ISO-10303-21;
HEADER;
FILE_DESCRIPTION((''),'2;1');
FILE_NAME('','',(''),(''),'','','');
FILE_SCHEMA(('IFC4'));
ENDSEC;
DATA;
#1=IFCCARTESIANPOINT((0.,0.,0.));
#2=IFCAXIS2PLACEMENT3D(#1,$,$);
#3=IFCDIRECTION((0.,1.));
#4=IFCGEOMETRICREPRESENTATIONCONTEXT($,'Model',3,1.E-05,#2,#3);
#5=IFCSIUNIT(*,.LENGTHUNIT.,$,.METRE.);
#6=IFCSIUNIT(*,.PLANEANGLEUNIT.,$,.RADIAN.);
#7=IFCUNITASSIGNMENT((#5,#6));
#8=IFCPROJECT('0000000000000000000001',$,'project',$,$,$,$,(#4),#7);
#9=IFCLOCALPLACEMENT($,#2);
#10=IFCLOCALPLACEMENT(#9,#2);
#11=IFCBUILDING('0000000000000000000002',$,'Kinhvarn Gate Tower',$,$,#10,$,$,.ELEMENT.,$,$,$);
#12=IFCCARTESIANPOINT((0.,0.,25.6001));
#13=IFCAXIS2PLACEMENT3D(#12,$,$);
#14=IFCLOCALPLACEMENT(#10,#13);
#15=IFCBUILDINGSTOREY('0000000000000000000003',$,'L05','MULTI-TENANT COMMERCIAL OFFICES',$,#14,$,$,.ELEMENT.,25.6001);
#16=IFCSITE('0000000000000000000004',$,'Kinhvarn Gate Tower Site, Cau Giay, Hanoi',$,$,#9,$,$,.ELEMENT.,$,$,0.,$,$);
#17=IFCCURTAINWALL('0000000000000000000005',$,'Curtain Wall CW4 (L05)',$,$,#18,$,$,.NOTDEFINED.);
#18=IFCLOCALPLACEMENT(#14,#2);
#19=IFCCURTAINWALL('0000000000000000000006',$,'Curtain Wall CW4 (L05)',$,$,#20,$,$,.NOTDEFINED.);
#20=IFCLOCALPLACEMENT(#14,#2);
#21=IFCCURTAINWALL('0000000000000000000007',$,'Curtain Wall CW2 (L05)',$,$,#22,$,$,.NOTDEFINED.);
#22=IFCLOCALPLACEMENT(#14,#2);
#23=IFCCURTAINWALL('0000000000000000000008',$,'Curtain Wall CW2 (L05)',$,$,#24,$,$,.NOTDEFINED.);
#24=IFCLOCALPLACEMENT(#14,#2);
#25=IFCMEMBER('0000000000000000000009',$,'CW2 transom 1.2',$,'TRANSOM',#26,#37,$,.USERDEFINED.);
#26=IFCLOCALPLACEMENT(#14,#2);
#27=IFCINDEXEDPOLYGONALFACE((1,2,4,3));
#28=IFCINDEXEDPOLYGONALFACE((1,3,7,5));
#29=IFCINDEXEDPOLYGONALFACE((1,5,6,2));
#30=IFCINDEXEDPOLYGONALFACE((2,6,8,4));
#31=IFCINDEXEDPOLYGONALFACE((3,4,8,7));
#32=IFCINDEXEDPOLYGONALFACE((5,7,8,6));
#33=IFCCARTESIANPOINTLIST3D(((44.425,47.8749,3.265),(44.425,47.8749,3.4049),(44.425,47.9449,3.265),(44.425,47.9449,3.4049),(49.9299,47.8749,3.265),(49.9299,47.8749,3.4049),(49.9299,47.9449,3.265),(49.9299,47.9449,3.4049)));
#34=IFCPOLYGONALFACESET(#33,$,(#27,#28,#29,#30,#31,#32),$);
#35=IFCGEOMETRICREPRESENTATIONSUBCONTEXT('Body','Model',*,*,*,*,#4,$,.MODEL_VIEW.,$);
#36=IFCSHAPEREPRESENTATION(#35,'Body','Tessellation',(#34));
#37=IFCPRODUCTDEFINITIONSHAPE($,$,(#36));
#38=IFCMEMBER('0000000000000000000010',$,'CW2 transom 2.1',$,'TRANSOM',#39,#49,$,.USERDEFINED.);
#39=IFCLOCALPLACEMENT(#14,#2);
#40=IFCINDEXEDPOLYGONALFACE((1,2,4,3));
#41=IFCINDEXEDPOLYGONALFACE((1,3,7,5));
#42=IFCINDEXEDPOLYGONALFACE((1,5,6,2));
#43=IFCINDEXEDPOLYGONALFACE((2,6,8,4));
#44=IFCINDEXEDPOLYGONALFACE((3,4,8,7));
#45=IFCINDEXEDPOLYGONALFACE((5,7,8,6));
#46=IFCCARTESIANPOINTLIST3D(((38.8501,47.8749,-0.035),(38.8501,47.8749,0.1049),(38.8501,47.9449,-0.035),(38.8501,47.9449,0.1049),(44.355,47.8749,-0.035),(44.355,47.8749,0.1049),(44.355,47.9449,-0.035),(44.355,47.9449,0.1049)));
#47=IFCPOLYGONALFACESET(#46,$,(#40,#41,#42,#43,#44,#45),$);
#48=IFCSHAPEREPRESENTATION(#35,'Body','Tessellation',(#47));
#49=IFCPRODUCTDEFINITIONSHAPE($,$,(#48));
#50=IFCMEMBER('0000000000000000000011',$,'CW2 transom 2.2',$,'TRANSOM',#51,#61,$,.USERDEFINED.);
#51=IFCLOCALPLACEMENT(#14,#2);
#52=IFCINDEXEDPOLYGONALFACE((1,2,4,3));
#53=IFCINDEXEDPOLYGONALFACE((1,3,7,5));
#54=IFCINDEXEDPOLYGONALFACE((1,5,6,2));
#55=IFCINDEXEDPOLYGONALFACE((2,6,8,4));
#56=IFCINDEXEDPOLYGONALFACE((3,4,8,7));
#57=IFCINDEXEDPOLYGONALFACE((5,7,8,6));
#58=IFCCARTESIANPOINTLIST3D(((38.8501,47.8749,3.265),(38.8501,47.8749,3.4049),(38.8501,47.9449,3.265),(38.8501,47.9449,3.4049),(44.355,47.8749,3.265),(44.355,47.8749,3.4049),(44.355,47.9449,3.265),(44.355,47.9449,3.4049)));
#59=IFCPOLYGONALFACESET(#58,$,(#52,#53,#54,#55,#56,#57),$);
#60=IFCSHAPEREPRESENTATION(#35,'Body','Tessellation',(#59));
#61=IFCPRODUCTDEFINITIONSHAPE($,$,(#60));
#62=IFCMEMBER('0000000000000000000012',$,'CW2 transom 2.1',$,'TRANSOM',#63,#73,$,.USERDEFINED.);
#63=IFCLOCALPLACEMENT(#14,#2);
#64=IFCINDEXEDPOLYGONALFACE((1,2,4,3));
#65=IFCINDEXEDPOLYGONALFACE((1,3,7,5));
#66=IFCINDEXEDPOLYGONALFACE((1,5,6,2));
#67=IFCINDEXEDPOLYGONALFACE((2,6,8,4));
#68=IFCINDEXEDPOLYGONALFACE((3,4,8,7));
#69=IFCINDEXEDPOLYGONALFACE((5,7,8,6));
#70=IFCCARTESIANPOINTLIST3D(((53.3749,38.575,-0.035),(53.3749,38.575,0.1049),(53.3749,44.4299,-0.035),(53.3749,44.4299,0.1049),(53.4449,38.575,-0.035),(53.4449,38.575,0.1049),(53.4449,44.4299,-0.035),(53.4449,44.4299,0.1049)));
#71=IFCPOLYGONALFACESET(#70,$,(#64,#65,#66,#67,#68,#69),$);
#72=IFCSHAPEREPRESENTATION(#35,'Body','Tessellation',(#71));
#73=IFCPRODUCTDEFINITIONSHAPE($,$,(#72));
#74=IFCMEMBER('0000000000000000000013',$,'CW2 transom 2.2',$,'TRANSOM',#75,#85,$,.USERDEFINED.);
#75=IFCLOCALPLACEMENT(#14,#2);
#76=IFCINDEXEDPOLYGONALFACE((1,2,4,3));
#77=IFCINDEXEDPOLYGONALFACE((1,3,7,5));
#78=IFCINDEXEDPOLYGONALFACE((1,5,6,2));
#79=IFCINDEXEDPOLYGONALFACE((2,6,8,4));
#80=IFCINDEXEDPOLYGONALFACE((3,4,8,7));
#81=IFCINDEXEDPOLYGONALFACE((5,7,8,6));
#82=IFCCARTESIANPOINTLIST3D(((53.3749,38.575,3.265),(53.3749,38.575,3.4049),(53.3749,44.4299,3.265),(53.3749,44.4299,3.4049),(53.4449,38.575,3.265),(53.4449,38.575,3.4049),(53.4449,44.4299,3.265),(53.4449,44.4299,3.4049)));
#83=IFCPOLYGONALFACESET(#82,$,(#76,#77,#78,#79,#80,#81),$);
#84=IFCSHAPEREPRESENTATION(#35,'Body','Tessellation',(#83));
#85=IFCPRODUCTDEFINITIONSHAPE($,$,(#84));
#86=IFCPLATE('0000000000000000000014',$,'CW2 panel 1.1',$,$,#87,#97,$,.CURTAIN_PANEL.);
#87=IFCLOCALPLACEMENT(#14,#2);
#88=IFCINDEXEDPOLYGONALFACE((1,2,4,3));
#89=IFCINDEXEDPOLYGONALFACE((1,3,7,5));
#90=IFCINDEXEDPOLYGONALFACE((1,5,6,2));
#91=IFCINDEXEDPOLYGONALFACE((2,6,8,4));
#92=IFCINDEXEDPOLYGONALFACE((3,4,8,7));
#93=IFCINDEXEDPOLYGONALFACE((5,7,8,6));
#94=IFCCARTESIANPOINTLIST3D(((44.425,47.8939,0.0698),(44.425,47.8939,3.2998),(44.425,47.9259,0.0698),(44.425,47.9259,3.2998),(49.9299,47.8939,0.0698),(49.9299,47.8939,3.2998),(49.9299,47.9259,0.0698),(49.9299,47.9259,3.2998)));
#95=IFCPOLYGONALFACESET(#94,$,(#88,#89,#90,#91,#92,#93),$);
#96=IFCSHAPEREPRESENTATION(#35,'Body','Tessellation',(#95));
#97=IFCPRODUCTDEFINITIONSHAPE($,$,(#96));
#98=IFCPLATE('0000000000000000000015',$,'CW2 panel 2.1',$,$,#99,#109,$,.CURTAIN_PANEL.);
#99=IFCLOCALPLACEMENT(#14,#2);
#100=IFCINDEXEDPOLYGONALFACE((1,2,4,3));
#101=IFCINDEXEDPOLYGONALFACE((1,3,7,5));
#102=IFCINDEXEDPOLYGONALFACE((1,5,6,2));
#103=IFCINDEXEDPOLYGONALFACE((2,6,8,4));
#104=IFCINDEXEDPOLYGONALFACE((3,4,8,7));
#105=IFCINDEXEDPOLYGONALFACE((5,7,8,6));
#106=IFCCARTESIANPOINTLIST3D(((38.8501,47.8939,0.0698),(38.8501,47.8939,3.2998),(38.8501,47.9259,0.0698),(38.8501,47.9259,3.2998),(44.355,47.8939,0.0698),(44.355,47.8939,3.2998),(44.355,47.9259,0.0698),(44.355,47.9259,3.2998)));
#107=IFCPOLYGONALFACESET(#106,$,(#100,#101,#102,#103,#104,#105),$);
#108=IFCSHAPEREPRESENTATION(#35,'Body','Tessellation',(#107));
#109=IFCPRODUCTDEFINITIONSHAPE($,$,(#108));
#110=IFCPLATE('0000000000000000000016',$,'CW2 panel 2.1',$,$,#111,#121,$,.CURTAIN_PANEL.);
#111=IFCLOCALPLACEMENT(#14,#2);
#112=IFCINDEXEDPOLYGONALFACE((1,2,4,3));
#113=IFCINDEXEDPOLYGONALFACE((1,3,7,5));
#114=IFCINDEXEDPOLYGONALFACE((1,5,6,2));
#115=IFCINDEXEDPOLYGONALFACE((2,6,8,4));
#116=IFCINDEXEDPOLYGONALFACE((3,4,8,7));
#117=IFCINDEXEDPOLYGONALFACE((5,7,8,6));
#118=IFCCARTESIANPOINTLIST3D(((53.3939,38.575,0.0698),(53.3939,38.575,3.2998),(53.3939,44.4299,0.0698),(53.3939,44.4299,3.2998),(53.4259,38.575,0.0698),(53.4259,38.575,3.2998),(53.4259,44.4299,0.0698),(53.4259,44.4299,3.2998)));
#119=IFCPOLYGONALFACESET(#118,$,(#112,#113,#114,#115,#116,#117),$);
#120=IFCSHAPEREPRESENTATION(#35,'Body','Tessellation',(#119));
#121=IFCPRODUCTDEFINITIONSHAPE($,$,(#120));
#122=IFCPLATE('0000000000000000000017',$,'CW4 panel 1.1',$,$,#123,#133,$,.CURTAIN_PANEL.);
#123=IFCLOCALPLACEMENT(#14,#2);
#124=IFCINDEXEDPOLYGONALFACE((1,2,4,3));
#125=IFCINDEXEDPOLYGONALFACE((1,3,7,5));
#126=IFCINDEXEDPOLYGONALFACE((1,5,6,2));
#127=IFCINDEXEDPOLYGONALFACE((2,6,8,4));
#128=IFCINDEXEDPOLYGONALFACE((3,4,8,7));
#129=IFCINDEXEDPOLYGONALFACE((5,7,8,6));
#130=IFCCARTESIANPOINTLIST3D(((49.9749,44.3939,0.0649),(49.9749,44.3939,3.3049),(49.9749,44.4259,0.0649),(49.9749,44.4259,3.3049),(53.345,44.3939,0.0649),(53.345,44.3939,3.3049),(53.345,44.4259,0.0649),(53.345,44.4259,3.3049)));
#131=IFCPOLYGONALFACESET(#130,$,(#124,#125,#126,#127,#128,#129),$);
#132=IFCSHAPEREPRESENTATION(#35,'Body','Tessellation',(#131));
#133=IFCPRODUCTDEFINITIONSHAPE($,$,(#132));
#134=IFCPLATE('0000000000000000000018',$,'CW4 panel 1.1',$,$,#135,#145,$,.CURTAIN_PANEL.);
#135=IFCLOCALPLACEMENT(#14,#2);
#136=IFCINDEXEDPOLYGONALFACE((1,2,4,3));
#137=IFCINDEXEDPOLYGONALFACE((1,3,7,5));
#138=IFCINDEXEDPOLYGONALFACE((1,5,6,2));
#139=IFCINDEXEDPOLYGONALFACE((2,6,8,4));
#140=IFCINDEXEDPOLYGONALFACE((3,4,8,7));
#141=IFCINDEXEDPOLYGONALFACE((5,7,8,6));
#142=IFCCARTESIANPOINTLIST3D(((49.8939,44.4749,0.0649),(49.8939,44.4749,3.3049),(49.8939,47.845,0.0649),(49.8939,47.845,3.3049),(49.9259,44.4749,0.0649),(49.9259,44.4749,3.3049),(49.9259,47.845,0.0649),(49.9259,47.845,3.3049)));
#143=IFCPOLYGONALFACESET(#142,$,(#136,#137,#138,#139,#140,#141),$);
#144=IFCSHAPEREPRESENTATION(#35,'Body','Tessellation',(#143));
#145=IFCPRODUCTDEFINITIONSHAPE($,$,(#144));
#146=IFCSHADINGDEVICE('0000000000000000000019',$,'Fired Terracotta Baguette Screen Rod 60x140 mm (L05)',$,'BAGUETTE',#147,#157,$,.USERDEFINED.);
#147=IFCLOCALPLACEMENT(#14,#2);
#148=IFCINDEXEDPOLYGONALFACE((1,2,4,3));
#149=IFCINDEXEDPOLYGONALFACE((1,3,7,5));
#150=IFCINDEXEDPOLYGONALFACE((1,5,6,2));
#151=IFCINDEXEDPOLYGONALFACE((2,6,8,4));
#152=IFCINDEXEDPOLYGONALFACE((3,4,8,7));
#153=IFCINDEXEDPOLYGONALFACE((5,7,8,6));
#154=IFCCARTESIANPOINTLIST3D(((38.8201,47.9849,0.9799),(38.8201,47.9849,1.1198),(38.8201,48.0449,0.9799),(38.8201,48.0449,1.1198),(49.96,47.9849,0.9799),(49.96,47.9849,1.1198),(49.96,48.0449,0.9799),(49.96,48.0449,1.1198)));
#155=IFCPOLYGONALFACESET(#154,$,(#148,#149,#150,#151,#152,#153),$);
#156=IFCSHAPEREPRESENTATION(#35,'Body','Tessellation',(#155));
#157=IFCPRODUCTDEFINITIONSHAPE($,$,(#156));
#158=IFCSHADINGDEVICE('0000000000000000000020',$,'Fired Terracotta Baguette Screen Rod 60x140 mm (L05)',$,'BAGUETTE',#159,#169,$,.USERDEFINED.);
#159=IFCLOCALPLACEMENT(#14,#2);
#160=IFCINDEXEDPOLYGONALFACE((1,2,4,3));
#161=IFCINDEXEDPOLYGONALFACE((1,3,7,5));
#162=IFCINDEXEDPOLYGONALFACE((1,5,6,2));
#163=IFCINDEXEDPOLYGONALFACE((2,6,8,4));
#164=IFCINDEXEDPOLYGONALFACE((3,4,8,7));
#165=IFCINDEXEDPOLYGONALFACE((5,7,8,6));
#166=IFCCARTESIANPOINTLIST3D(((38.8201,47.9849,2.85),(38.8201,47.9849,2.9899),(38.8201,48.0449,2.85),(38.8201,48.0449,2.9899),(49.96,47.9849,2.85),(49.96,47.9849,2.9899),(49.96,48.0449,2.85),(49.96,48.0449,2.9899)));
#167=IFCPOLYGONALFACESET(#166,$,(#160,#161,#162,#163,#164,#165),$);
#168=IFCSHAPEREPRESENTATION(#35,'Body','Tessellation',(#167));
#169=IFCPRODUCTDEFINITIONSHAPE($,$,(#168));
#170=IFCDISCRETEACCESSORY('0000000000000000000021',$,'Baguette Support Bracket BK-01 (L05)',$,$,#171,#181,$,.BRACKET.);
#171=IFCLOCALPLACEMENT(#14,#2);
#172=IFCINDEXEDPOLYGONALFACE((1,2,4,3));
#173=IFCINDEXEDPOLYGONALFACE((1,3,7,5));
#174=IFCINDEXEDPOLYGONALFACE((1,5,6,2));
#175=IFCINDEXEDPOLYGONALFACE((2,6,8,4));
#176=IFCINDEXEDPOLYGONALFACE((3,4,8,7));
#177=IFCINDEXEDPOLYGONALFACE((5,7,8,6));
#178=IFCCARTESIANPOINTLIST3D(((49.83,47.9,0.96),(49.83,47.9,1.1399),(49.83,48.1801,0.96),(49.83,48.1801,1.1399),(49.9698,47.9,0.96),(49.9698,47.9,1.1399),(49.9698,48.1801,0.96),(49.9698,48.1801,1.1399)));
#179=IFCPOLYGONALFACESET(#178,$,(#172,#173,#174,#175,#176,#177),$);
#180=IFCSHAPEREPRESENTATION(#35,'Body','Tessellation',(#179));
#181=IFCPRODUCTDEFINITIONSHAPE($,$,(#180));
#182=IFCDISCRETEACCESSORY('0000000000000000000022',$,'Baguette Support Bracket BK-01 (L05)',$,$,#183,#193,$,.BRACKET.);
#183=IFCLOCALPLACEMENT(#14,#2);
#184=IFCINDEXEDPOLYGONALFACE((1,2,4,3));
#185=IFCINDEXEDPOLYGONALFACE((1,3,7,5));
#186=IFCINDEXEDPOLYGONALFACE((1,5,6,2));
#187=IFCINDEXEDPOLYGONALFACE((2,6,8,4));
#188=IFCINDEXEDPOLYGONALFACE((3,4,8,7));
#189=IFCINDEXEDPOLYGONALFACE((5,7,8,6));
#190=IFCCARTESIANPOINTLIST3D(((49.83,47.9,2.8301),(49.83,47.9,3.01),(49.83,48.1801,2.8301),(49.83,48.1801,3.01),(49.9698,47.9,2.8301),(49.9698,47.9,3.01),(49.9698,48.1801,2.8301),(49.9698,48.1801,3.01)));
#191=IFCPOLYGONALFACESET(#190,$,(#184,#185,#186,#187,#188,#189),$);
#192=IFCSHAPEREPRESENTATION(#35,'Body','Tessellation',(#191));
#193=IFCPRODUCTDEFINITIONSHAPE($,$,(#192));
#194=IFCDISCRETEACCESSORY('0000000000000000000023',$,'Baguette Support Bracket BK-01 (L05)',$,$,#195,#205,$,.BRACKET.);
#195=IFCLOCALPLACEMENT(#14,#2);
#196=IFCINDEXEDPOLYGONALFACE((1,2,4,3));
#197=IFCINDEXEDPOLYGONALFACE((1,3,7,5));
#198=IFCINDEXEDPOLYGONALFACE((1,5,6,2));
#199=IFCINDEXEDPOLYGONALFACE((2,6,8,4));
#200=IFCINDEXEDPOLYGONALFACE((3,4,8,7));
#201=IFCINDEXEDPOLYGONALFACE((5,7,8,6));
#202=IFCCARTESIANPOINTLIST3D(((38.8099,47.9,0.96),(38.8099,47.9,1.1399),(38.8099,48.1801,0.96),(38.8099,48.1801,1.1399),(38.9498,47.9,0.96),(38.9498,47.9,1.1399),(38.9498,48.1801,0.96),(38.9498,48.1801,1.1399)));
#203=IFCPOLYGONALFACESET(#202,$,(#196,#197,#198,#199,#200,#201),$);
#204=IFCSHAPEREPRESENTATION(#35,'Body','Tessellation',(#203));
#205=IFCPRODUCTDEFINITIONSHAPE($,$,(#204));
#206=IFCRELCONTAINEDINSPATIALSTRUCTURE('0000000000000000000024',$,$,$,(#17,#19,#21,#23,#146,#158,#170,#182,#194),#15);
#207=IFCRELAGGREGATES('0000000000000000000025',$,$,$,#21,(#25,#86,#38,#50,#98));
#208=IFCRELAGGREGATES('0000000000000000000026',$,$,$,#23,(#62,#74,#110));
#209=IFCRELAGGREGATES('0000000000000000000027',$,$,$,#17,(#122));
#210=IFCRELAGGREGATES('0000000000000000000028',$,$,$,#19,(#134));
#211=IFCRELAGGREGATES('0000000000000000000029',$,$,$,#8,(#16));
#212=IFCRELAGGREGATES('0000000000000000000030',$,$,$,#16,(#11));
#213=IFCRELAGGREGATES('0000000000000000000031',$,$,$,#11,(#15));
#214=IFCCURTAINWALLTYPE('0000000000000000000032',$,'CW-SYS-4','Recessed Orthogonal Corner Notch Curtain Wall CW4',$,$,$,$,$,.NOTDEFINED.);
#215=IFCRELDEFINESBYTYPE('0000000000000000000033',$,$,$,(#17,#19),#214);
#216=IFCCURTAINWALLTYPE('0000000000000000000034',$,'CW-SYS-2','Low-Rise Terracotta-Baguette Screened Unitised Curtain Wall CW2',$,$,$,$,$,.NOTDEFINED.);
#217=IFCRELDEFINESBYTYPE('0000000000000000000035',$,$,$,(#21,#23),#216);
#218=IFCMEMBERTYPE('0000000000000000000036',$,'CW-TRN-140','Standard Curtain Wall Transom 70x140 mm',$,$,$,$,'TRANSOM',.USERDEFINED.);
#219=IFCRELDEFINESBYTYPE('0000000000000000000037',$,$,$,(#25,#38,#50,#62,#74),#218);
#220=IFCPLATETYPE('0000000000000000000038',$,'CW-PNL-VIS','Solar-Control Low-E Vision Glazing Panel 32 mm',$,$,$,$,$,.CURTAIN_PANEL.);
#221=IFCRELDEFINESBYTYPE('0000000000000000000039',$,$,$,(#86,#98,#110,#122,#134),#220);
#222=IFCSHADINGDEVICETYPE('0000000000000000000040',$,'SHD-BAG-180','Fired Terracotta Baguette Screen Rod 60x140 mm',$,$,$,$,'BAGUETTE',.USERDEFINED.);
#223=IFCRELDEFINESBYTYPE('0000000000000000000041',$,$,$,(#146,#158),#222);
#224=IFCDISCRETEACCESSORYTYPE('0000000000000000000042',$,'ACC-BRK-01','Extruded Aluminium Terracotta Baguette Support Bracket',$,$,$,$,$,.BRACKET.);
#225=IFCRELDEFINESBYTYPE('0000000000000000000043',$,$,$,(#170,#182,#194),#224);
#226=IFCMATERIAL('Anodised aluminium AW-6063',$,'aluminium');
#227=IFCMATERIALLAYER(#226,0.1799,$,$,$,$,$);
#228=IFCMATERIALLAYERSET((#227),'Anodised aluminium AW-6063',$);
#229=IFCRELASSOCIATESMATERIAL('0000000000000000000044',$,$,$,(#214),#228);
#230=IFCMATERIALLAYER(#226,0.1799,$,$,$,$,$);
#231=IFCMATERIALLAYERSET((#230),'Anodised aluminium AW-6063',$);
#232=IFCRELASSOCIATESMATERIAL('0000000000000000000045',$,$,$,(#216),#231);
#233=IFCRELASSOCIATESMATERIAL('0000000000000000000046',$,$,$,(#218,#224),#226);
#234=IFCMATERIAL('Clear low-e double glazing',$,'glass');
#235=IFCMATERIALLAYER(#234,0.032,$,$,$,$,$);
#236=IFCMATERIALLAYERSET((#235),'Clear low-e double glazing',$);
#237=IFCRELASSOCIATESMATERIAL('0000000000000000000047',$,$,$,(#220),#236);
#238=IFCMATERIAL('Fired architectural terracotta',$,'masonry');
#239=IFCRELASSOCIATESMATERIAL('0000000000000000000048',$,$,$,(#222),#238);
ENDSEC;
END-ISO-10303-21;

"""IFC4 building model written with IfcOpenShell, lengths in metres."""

from ifc_helpers import new_model, si_unit, direction, frame, origin, origin_2d, place, context, subcontext, project, spatial, rectangle, extrude, material, layer, layer_set, material_profile, profile_set, type_object, element, aggregate, save


model = new_model("IFC4")

# Units and contexts
model_context = context("Model", 3, precision=1e-05, world=origin(), true_north=direction((0.0, 1.0)))
body_context = subcontext(model_context, "Body", "Model", "MODEL_VIEW")
ifc_project = project(units=[si_unit("LENGTHUNIT", "METRE"), si_unit("PLANEANGLEUNIT", "RADIAN")], contexts=[model_context])

# Site, building, storey
site_placement = place(None, origin())
site = spatial("IfcSite", under=ifc_project, at=site_placement, Name="Kinhvarn Gate Tower Site, Cau Giay, Hanoi", CompositionType="ELEMENT", RefElevation=0.0)
building_placement = place(site_placement, origin())
building = spatial("IfcBuilding", under=site, at=building_placement, Name="Kinhvarn Gate Tower", CompositionType="ELEMENT")
storey_placement = place(building_placement, frame((0.0, 0.0, 25.6001)))
storey = spatial("IfcBuildingStorey", under=building, at=storey_placement, Name="L05", Description="MULTI-TENANT COMMERCIAL OFFICES", CompositionType="ELEMENT", Elevation=25.6001)

# Curtain walls
ifc_material_1 = material(Name="Anodised aluminium AW-6063", Category="aluminium")
ifc_layer_1 = layer(ifc_material_1, 0.1799)
ifc_layer_set_1 = layer_set([ifc_layer_1], Name="Anodised aluminium AW-6063")
curtain_wall_type_1 = type_object("IfcCurtainWallType", Name="CW-SYS-4", Description="Recessed Orthogonal Corner Notch Curtain Wall CW4", PredefinedType="NOTDEFINED", material=ifc_layer_set_1)
curtain_wall_1_placement = place(storey_placement, origin())
curtain_wall_1 = element("IfcCurtainWall", 1, at=curtain_wall_1_placement, inside=storey, type_object=curtain_wall_type_1, Name="Curtain Wall CW4 (L05)", PredefinedType="NOTDEFINED")
curtain_wall_2_placement = place(storey_placement, origin())
curtain_wall_2 = element("IfcCurtainWall", 2, at=curtain_wall_2_placement, inside=storey, type_object=curtain_wall_type_1, Name="Curtain Wall CW4 (L05)", PredefinedType="NOTDEFINED")
ifc_layer_2 = layer(ifc_material_1, 0.1799)
ifc_layer_set_2 = layer_set([ifc_layer_2], Name="Anodised aluminium AW-6063")
curtain_wall_type_2 = type_object("IfcCurtainWallType", Name="CW-SYS-2", Description="Low-Rise Terracotta-Baguette Screened Unitised Curtain Wall CW2", PredefinedType="NOTDEFINED", material=ifc_layer_set_2)
curtain_wall_3_placement = place(storey_placement, origin())
curtain_wall_3 = element("IfcCurtainWall", 3, at=curtain_wall_3_placement, inside=storey, type_object=curtain_wall_type_2, Name="Curtain Wall CW2 (L05)", PredefinedType="NOTDEFINED")

# Curtain wall
curtain_wall_4_placement = place(storey_placement, origin())
curtain_wall_4 = element("IfcCurtainWall", 4, at=curtain_wall_4_placement, inside=storey, type_object=curtain_wall_type_2, Name="Curtain Wall CW2 (L05)", PredefinedType="NOTDEFINED")

# Members
ifc_material_profile_1 = material_profile(ifc_material_1, rectangle(XDim=0.0701, YDim=0.1399, at=origin_2d()), Name="ALU 70x140")
ifc_profile_set_1 = profile_set([ifc_material_profile_1], Name="Anodised aluminium AW-6063")
member_type_1 = type_object("IfcMemberType", Name="CW-TRN-140", Description="Standard Curtain Wall Transom 70x140 mm", ElementType="TRANSOM", PredefinedType="USERDEFINED", material=ifc_profile_set_1)
member_1_placement = place(storey_placement, frame((49.9299, 47.9099, 3.335), z_axis=(-1.0, 0.0, 0.0), x_axis=(0.0, -1.0, 0.0)))
member_1 = element("IfcMember", 5, at=member_1_placement, type_object=member_type_1, Name="CW2 transom 1.2", ObjectType="TRANSOM", PredefinedType="USERDEFINED", context=body_context, shape_type="SweptSolid", body=[
    extrude(rectangle(XDim=0.0701, YDim=0.1399, at=origin_2d()), origin(), (0.0, 0.0, 1.0), 5.5049),
])
member_2_placement = place(storey_placement, frame((44.355, 47.9099, 0.0349), z_axis=(-1.0, 0.0, 0.0), x_axis=(0.0, -1.0, 0.0)))
member_2 = element("IfcMember", 6, at=member_2_placement, type_object=member_type_1, Name="CW2 transom 2.1", ObjectType="TRANSOM", PredefinedType="USERDEFINED", context=body_context, shape_type="SweptSolid", body=[
    extrude(rectangle(XDim=0.0701, YDim=0.1399, at=origin_2d()), origin(), (0.0, 0.0, 1.0), 5.5049),
])
member_3_placement = place(storey_placement, frame((44.355, 47.9099, 3.335), z_axis=(-1.0, 0.0, 0.0), x_axis=(0.0, -1.0, 0.0)))
member_3 = element("IfcMember", 7, at=member_3_placement, type_object=member_type_1, Name="CW2 transom 2.2", ObjectType="TRANSOM", PredefinedType="USERDEFINED", context=body_context, shape_type="SweptSolid", body=[
    extrude(rectangle(XDim=0.0701, YDim=0.1399, at=origin_2d()), origin(), (0.0, 0.0, 1.0), 5.5049),
])
member_4_placement = place(storey_placement, frame((53.4099, 38.575, 0.0349), z_axis=(0.0, 1.0, 0.0), x_axis=(-1.0, 0.0, 0.0)))
member_4 = element("IfcMember", 8, at=member_4_placement, type_object=member_type_1, Name="CW2 transom 2.1", ObjectType="TRANSOM", PredefinedType="USERDEFINED", context=body_context, shape_type="SweptSolid", body=[
    extrude(rectangle(XDim=0.0701, YDim=0.1399, at=origin_2d()), origin(), (0.0, 0.0, 1.0), 5.855),
])
member_5_placement = place(storey_placement, frame((53.4099, 38.575, 3.335), z_axis=(0.0, 1.0, 0.0), x_axis=(-1.0, 0.0, 0.0)))
member_5 = element("IfcMember", 9, at=member_5_placement, type_object=member_type_1, Name="CW2 transom 2.2", ObjectType="TRANSOM", PredefinedType="USERDEFINED", context=body_context, shape_type="SweptSolid", body=[
    extrude(rectangle(XDim=0.0701, YDim=0.1399, at=origin_2d()), origin(), (0.0, 0.0, 1.0), 5.855),
])

# Plates
ifc_material_2 = material(Name="Clear low-e double glazing", Category="glass")
ifc_layer_3 = layer(ifc_material_2, 0.032)
ifc_layer_set_3 = layer_set([ifc_layer_3], Name="Clear low-e double glazing")
plate_type = type_object("IfcPlateType", Name="CW-PNL-VIS", Description="Solar-Control Low-E Vision Glazing Panel 32 mm", PredefinedType="CURTAIN_PANEL", material=ifc_layer_set_3)
plate_1_placement = place(storey_placement, frame((47.1775, 47.9099, 0.0698), z_axis=(0.0, 0.0, 1.0), x_axis=(-1.0, 0.0, 0.0)))
plate_1 = element("IfcPlate", 10, at=plate_1_placement, type_object=plate_type, Name="CW2 panel 1.1", PredefinedType="CURTAIN_PANEL", context=body_context, shape_type="SweptSolid", body=[
    extrude(rectangle(XDim=5.5049, YDim=0.032, at=origin_2d()), origin(), (0.0, 0.0, 1.0), 3.23),
])
plate_2_placement = place(storey_placement, frame((41.6025, 47.9099, 0.0698), z_axis=(0.0, 0.0, 1.0), x_axis=(-1.0, 0.0, 0.0)))
plate_2 = element("IfcPlate", 11, at=plate_2_placement, type_object=plate_type, Name="CW2 panel 2.1", PredefinedType="CURTAIN_PANEL", context=body_context, shape_type="SweptSolid", body=[
    extrude(rectangle(XDim=5.5049, YDim=0.032, at=origin_2d()), origin(), (0.0, 0.0, 1.0), 3.23),
])
aggregate(curtain_wall_3, [member_1, plate_1, member_2, member_3, plate_2])
plate_3_placement = place(storey_placement, frame((53.4099, 41.5024, 0.0698), z_axis=(0.0, 0.0, 1.0), x_axis=(0.0, 1.0, 0.0)))
plate_3 = element("IfcPlate", 12, at=plate_3_placement, type_object=plate_type, Name="CW2 panel 2.1", PredefinedType="CURTAIN_PANEL", context=body_context, shape_type="SweptSolid", body=[
    extrude(rectangle(XDim=5.855, YDim=0.032, at=origin_2d()), origin(), (0.0, 0.0, 1.0), 3.23),
])
aggregate(curtain_wall_4, [member_4, member_5, plate_3])
plate_4_placement = place(storey_placement, frame((51.6599, 44.4099, 0.0649), z_axis=(0.0, 0.0, 1.0), x_axis=(-1.0, 0.0, 0.0)))
plate_4 = element("IfcPlate", 13, at=plate_4_placement, type_object=plate_type, Name="CW4 panel 1.1", PredefinedType="CURTAIN_PANEL", context=body_context, shape_type="SweptSolid", body=[
    extrude(rectangle(XDim=3.3701, YDim=0.032, at=origin_2d()), origin(), (0.0, 0.0, 1.0), 3.24),
])
aggregate(curtain_wall_1, [plate_4])
plate_5_placement = place(storey_placement, frame((49.9099, 46.1599, 0.0649), z_axis=(0.0, 0.0, 1.0), x_axis=(0.0, 1.0, 0.0)))
plate_5 = element("IfcPlate", 14, at=plate_5_placement, type_object=plate_type, Name="CW4 panel 1.1", PredefinedType="CURTAIN_PANEL", context=body_context, shape_type="SweptSolid", body=[
    extrude(rectangle(XDim=3.3701, YDim=0.032, at=origin_2d()), origin(), (0.0, 0.0, 1.0), 3.24),
])
aggregate(curtain_wall_2, [plate_5])

# Shading devices
ifc_material_3 = material(Name="Fired architectural terracotta", Category="masonry")
ifc_material_profile_2 = material_profile(ifc_material_3, rectangle(XDim=0.0601, YDim=0.1399, at=origin_2d()), Name="TC 60x140")
ifc_profile_set_2 = profile_set([ifc_material_profile_2], Name="Fired architectural terracotta")
shading_device_type = type_object("IfcShadingDeviceType", Name="SHD-BAG-180", Description="Fired Terracotta Baguette Screen Rod 60x140 mm", ElementType="BAGUETTE", PredefinedType="USERDEFINED", material=ifc_profile_set_2)
for number, where, z_axis, x_axis, name in (
    (15, (49.96, 48.0149, 1.0498), (-1.0, 0.0, 0.0), (0.0, -1.0, 0.0), "Fired Terracotta Baguette Screen Rod 60x140 mm (L05)"),
    (16, (49.96, 48.0149, 2.9199), (-1.0, 0.0, 0.0), (0.0, -1.0, 0.0), "Fired Terracotta Baguette Screen Rod 60x140 mm (L05)"),
):
    element("IfcShadingDevice", number, at=place(storey_placement, frame(where, z_axis=z_axis, x_axis=x_axis)), inside=storey, type_object=shading_device_type, Name=name, ObjectType="BAGUETTE", PredefinedType="USERDEFINED", context=body_context, shape_type="SweptSolid", body=[
        extrude(rectangle(XDim=0.0601, YDim=0.1399, at=origin_2d()), origin(), (0.0, 0.0, 1.0), 11.1399),
    ])

# Discrete accessories
discrete_accessory_type = type_object("IfcDiscreteAccessoryType", Name="ACC-BRK-01", Description="Extruded Aluminium Terracotta Baguette Support Bracket", PredefinedType="BRACKET", material=ifc_material_1)
for number, where, z_axis, x_axis, name in (
    (17, (49.8999, 48.04, 0.96), (0.0, 0.0, 1.0), (-1.0, 0.0, 0.0), "Baguette Support Bracket BK-01 (L05)"),
    (18, (49.8999, 48.04, 2.8301), (0.0, 0.0, 1.0), (-1.0, 0.0, 0.0), "Baguette Support Bracket BK-01 (L05)"),
    (19, (38.8799, 48.04, 0.96), (0.0, 0.0, 1.0), (-1.0, 0.0, 0.0), "Baguette Support Bracket BK-01 (L05)"),
):
    element("IfcDiscreteAccessory", number, at=place(storey_placement, frame(where, z_axis=z_axis, x_axis=x_axis)), inside=storey, type_object=discrete_accessory_type, Name=name, PredefinedType="BRACKET", context=body_context, shape_type="SweptSolid", body=[
        extrude(rectangle(XDim=0.1399, YDim=0.28, at=origin_2d()), origin(), (0.0, 0.0, 1.0), 0.1799),
    ])

save(model, "model.ifc")
